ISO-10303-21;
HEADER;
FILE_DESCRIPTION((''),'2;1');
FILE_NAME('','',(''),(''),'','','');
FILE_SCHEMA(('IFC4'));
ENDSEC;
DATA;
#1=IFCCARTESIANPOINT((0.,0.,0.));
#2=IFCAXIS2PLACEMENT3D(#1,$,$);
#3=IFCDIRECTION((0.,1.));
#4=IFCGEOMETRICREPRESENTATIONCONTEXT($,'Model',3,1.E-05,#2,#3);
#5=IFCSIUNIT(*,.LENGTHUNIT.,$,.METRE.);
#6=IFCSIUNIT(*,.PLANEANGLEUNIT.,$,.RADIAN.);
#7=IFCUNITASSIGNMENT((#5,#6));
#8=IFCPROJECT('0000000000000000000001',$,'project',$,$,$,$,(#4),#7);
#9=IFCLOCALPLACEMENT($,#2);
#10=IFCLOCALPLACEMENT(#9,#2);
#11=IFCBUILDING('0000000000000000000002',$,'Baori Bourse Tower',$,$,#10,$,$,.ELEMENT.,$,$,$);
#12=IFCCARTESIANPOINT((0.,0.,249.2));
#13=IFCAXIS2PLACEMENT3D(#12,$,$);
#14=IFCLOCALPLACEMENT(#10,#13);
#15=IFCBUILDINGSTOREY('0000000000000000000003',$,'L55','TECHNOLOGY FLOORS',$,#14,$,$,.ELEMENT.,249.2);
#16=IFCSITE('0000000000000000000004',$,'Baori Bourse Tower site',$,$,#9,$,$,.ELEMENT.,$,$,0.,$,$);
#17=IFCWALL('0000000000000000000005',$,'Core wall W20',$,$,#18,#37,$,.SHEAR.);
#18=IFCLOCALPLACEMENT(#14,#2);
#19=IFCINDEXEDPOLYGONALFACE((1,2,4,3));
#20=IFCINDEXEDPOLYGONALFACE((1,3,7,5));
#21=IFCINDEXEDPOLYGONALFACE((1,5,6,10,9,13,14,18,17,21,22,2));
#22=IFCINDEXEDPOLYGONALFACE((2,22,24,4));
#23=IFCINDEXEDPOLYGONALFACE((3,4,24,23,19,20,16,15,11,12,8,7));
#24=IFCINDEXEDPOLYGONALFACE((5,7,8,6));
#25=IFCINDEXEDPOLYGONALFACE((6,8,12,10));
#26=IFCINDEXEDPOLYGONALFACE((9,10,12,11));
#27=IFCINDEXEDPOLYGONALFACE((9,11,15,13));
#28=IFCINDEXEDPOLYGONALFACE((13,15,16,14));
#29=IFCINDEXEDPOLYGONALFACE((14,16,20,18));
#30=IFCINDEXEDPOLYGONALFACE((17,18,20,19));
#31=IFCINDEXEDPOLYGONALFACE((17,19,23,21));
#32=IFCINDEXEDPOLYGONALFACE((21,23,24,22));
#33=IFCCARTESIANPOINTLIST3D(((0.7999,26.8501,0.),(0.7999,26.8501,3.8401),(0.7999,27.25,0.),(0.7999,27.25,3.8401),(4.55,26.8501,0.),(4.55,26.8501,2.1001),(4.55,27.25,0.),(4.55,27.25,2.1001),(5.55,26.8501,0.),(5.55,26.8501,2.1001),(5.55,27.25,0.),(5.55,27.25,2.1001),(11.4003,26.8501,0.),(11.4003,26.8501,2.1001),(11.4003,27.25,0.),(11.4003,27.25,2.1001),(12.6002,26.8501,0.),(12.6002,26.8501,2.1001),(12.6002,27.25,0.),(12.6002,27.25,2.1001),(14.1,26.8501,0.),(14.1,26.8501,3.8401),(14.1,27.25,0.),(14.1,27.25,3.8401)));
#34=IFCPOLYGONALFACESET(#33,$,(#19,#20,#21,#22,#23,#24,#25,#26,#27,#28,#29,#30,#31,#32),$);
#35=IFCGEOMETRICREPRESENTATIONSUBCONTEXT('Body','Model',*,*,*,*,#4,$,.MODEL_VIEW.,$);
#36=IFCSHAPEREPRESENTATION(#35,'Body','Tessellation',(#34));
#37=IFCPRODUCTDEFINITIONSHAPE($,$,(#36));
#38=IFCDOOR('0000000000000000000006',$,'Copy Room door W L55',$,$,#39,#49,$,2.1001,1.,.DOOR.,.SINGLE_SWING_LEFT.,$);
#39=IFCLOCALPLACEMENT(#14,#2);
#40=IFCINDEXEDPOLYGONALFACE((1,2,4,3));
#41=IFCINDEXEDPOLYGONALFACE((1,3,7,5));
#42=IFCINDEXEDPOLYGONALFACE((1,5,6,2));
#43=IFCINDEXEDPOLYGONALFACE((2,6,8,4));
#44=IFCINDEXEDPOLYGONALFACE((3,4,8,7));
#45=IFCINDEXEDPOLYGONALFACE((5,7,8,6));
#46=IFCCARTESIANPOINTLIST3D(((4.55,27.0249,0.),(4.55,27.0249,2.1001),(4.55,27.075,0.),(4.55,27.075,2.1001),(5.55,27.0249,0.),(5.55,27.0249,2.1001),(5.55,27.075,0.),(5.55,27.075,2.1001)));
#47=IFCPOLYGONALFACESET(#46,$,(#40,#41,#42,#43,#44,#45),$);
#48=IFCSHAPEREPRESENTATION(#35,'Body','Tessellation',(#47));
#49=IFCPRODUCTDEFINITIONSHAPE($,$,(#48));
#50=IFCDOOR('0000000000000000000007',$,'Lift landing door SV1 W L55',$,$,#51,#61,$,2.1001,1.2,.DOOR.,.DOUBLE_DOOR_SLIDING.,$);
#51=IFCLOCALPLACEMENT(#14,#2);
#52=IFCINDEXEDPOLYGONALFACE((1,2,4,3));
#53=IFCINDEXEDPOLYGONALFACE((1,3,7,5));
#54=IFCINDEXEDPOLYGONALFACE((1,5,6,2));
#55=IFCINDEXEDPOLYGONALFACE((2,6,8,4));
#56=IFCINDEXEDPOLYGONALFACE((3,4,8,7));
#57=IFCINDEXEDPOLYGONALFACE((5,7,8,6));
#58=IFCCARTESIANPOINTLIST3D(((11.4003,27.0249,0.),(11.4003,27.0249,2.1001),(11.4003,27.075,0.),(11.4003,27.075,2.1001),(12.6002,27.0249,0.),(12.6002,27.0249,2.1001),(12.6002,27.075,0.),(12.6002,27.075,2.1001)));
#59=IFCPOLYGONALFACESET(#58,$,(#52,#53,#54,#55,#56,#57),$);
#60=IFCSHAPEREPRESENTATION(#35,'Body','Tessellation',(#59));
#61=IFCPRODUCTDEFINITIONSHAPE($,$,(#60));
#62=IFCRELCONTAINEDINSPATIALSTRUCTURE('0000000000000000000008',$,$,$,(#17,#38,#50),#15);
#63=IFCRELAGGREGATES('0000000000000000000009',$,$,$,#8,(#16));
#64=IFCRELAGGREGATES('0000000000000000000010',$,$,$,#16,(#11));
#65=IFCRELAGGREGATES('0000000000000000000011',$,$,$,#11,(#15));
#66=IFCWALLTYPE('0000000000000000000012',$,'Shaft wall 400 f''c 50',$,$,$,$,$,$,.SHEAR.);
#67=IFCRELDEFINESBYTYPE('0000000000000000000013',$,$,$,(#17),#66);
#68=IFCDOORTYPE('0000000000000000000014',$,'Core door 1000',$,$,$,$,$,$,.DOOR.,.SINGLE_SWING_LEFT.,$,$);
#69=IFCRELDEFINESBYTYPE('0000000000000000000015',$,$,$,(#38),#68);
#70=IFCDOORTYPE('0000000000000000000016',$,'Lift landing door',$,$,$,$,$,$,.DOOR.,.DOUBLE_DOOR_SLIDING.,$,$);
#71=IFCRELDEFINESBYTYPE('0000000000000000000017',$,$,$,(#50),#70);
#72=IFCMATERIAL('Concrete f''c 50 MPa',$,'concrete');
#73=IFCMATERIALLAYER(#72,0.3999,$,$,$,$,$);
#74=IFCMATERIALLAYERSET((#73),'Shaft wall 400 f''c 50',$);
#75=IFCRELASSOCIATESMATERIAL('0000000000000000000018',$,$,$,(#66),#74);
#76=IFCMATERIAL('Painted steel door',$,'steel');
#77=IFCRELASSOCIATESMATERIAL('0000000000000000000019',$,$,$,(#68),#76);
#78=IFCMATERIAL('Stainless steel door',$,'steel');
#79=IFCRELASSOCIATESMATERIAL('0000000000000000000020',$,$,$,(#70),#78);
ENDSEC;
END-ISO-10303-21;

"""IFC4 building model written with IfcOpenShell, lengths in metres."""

from ifc_helpers import new_model, si_unit, direction, frame, frame_2d, origin, place, context, subcontext, project, spatial, rectangle, extrude, material, layer, layer_set, type_object, element, fill, save


model = new_model("IFC4")

# Units and contexts
model_context = context("Model", 3, precision=1e-05, world=origin(), true_north=direction((0.0, 1.0)))
body_context = subcontext(model_context, "Body", "Model", "MODEL_VIEW")
ifc_project = project(units=[si_unit("LENGTHUNIT", "METRE"), si_unit("PLANEANGLEUNIT", "RADIAN")], contexts=[model_context])

# Site, building, storey
site_placement = place(None, origin())
site = spatial("IfcSite", under=ifc_project, at=site_placement, Name="Baori Bourse Tower site", CompositionType="ELEMENT", RefElevation=0.0)
building_placement = place(site_placement, origin())
building = spatial("IfcBuilding", under=site, at=building_placement, Name="Baori Bourse Tower", CompositionType="ELEMENT")
storey_placement = place(building_placement, frame((0.0, 0.0, 249.2)))
storey = spatial("IfcBuildingStorey", under=building, at=storey_placement, Name="L55", Description="TECHNOLOGY FLOORS", CompositionType="ELEMENT", Elevation=249.2)

# Wall, openings, doors
ifc_material_1 = material(Name="Concrete f'c 50 MPa", Category="concrete")
ifc_layer_1 = layer(ifc_material_1, 0.3999)
ifc_layer_set_1 = layer_set([ifc_layer_1], Name="Shaft wall 400 f'c 50")
wall_type_1 = type_object("IfcWallType", Name="Shaft wall 400 f'c 50", PredefinedType="SHEAR", material=ifc_layer_set_1)
wall_1_placement = place(storey_placement, frame((0.8, 27.05, 0.0), z_axis=(0.0, 0.0, 1.0), x_axis=(1.0, 0.0, 0.0)))
wall_1 = element("IfcWall", 1, at=wall_1_placement, inside=storey, type_object=wall_type_1, Name="Core wall W20", PredefinedType="SHEAR", context=body_context, shape_type="SweptSolid", body=[
    extrude(rectangle(XDim=13.3, YDim=0.3999, at=frame_2d((6.6499, 0.0))), origin(), (0.0, 0.0, 1.0), 3.8401),
])
opening_1_placement = place(wall_1_placement, frame((3.75, 0.0, 0.0)))
opening_1 = element("IfcOpeningElement", 2, at=opening_1_placement, cuts=wall_1, PredefinedType="OPENING", context=body_context, shape_type="SweptSolid", body=[
    extrude(rectangle(XDim=1.0, YDim=2.1001, at=frame_2d((0.5, 1.05))), frame((0.0, 0.21, 0.0), z_axis=(0.0, -1.0, 0.0), x_axis=(1.0, 0.0, 0.0)), (0.0, 0.0, 1.0), 0.4199),
])
opening_2_placement = place(wall_1_placement, frame((10.6001, 0.0, 0.0)))
opening_2 = element("IfcOpeningElement", 3, at=opening_2_placement, cuts=wall_1, PredefinedType="OPENING", context=body_context, shape_type="SweptSolid", body=[
    extrude(rectangle(XDim=1.2, YDim=2.1001, at=frame_2d((0.6001, 1.05))), frame((0.0, 0.21, 0.0), z_axis=(0.0, -1.0, 0.0), x_axis=(1.0, 0.0, 0.0)), (0.0, 0.0, 1.0), 0.4199),
])
ifc_material_2 = material(Name="Painted steel door", Category="steel")
door_type_1 = type_object("IfcDoorType", Name="Core door 1000", OperationType="SINGLE_SWING_LEFT", PredefinedType="DOOR", material=ifc_material_2)
door_1_placement = place(opening_1_placement, origin())
door_1 = element("IfcDoor", 4, at=door_1_placement, inside=storey, type_object=door_type_1, Name="Copy Room door W L55", OperationType="SINGLE_SWING_LEFT", OverallHeight=2.1001, OverallWidth=1.0, PredefinedType="DOOR", context=body_context, shape_type="SweptSolid", body=[
    extrude(rectangle(XDim=1.0, YDim=2.1001, at=frame_2d((0.5, 1.05))), frame((0.0, 0.0249, 0.0), z_axis=(0.0, -1.0, 0.0), x_axis=(1.0, 0.0, 0.0)), (0.0, 0.0, 1.0), 0.05),
])
fill(opening_1, door_1)
ifc_material_3 = material(Name="Stainless steel door", Category="steel")
door_type_2 = type_object("IfcDoorType", Name="Lift landing door", OperationType="DOUBLE_DOOR_SLIDING", PredefinedType="DOOR", material=ifc_material_3)
door_2_placement = place(opening_2_placement, origin())
door_2 = element("IfcDoor", 5, at=door_2_placement, inside=storey, type_object=door_type_2, Name="Lift landing door SV1 W L55", OperationType="DOUBLE_DOOR_SLIDING", OverallHeight=2.1001, OverallWidth=1.2, PredefinedType="DOOR", context=body_context, shape_type="SweptSolid", body=[
    extrude(rectangle(XDim=1.2, YDim=2.1001, at=frame_2d((0.6001, 1.05))), frame((0.0, 0.0249, 0.0), z_axis=(0.0, -1.0, 0.0), x_axis=(1.0, 0.0, 0.0)), (0.0, 0.0, 1.0), 0.05),
])
fill(opening_2, door_2)

save(model, "model.ifc")
